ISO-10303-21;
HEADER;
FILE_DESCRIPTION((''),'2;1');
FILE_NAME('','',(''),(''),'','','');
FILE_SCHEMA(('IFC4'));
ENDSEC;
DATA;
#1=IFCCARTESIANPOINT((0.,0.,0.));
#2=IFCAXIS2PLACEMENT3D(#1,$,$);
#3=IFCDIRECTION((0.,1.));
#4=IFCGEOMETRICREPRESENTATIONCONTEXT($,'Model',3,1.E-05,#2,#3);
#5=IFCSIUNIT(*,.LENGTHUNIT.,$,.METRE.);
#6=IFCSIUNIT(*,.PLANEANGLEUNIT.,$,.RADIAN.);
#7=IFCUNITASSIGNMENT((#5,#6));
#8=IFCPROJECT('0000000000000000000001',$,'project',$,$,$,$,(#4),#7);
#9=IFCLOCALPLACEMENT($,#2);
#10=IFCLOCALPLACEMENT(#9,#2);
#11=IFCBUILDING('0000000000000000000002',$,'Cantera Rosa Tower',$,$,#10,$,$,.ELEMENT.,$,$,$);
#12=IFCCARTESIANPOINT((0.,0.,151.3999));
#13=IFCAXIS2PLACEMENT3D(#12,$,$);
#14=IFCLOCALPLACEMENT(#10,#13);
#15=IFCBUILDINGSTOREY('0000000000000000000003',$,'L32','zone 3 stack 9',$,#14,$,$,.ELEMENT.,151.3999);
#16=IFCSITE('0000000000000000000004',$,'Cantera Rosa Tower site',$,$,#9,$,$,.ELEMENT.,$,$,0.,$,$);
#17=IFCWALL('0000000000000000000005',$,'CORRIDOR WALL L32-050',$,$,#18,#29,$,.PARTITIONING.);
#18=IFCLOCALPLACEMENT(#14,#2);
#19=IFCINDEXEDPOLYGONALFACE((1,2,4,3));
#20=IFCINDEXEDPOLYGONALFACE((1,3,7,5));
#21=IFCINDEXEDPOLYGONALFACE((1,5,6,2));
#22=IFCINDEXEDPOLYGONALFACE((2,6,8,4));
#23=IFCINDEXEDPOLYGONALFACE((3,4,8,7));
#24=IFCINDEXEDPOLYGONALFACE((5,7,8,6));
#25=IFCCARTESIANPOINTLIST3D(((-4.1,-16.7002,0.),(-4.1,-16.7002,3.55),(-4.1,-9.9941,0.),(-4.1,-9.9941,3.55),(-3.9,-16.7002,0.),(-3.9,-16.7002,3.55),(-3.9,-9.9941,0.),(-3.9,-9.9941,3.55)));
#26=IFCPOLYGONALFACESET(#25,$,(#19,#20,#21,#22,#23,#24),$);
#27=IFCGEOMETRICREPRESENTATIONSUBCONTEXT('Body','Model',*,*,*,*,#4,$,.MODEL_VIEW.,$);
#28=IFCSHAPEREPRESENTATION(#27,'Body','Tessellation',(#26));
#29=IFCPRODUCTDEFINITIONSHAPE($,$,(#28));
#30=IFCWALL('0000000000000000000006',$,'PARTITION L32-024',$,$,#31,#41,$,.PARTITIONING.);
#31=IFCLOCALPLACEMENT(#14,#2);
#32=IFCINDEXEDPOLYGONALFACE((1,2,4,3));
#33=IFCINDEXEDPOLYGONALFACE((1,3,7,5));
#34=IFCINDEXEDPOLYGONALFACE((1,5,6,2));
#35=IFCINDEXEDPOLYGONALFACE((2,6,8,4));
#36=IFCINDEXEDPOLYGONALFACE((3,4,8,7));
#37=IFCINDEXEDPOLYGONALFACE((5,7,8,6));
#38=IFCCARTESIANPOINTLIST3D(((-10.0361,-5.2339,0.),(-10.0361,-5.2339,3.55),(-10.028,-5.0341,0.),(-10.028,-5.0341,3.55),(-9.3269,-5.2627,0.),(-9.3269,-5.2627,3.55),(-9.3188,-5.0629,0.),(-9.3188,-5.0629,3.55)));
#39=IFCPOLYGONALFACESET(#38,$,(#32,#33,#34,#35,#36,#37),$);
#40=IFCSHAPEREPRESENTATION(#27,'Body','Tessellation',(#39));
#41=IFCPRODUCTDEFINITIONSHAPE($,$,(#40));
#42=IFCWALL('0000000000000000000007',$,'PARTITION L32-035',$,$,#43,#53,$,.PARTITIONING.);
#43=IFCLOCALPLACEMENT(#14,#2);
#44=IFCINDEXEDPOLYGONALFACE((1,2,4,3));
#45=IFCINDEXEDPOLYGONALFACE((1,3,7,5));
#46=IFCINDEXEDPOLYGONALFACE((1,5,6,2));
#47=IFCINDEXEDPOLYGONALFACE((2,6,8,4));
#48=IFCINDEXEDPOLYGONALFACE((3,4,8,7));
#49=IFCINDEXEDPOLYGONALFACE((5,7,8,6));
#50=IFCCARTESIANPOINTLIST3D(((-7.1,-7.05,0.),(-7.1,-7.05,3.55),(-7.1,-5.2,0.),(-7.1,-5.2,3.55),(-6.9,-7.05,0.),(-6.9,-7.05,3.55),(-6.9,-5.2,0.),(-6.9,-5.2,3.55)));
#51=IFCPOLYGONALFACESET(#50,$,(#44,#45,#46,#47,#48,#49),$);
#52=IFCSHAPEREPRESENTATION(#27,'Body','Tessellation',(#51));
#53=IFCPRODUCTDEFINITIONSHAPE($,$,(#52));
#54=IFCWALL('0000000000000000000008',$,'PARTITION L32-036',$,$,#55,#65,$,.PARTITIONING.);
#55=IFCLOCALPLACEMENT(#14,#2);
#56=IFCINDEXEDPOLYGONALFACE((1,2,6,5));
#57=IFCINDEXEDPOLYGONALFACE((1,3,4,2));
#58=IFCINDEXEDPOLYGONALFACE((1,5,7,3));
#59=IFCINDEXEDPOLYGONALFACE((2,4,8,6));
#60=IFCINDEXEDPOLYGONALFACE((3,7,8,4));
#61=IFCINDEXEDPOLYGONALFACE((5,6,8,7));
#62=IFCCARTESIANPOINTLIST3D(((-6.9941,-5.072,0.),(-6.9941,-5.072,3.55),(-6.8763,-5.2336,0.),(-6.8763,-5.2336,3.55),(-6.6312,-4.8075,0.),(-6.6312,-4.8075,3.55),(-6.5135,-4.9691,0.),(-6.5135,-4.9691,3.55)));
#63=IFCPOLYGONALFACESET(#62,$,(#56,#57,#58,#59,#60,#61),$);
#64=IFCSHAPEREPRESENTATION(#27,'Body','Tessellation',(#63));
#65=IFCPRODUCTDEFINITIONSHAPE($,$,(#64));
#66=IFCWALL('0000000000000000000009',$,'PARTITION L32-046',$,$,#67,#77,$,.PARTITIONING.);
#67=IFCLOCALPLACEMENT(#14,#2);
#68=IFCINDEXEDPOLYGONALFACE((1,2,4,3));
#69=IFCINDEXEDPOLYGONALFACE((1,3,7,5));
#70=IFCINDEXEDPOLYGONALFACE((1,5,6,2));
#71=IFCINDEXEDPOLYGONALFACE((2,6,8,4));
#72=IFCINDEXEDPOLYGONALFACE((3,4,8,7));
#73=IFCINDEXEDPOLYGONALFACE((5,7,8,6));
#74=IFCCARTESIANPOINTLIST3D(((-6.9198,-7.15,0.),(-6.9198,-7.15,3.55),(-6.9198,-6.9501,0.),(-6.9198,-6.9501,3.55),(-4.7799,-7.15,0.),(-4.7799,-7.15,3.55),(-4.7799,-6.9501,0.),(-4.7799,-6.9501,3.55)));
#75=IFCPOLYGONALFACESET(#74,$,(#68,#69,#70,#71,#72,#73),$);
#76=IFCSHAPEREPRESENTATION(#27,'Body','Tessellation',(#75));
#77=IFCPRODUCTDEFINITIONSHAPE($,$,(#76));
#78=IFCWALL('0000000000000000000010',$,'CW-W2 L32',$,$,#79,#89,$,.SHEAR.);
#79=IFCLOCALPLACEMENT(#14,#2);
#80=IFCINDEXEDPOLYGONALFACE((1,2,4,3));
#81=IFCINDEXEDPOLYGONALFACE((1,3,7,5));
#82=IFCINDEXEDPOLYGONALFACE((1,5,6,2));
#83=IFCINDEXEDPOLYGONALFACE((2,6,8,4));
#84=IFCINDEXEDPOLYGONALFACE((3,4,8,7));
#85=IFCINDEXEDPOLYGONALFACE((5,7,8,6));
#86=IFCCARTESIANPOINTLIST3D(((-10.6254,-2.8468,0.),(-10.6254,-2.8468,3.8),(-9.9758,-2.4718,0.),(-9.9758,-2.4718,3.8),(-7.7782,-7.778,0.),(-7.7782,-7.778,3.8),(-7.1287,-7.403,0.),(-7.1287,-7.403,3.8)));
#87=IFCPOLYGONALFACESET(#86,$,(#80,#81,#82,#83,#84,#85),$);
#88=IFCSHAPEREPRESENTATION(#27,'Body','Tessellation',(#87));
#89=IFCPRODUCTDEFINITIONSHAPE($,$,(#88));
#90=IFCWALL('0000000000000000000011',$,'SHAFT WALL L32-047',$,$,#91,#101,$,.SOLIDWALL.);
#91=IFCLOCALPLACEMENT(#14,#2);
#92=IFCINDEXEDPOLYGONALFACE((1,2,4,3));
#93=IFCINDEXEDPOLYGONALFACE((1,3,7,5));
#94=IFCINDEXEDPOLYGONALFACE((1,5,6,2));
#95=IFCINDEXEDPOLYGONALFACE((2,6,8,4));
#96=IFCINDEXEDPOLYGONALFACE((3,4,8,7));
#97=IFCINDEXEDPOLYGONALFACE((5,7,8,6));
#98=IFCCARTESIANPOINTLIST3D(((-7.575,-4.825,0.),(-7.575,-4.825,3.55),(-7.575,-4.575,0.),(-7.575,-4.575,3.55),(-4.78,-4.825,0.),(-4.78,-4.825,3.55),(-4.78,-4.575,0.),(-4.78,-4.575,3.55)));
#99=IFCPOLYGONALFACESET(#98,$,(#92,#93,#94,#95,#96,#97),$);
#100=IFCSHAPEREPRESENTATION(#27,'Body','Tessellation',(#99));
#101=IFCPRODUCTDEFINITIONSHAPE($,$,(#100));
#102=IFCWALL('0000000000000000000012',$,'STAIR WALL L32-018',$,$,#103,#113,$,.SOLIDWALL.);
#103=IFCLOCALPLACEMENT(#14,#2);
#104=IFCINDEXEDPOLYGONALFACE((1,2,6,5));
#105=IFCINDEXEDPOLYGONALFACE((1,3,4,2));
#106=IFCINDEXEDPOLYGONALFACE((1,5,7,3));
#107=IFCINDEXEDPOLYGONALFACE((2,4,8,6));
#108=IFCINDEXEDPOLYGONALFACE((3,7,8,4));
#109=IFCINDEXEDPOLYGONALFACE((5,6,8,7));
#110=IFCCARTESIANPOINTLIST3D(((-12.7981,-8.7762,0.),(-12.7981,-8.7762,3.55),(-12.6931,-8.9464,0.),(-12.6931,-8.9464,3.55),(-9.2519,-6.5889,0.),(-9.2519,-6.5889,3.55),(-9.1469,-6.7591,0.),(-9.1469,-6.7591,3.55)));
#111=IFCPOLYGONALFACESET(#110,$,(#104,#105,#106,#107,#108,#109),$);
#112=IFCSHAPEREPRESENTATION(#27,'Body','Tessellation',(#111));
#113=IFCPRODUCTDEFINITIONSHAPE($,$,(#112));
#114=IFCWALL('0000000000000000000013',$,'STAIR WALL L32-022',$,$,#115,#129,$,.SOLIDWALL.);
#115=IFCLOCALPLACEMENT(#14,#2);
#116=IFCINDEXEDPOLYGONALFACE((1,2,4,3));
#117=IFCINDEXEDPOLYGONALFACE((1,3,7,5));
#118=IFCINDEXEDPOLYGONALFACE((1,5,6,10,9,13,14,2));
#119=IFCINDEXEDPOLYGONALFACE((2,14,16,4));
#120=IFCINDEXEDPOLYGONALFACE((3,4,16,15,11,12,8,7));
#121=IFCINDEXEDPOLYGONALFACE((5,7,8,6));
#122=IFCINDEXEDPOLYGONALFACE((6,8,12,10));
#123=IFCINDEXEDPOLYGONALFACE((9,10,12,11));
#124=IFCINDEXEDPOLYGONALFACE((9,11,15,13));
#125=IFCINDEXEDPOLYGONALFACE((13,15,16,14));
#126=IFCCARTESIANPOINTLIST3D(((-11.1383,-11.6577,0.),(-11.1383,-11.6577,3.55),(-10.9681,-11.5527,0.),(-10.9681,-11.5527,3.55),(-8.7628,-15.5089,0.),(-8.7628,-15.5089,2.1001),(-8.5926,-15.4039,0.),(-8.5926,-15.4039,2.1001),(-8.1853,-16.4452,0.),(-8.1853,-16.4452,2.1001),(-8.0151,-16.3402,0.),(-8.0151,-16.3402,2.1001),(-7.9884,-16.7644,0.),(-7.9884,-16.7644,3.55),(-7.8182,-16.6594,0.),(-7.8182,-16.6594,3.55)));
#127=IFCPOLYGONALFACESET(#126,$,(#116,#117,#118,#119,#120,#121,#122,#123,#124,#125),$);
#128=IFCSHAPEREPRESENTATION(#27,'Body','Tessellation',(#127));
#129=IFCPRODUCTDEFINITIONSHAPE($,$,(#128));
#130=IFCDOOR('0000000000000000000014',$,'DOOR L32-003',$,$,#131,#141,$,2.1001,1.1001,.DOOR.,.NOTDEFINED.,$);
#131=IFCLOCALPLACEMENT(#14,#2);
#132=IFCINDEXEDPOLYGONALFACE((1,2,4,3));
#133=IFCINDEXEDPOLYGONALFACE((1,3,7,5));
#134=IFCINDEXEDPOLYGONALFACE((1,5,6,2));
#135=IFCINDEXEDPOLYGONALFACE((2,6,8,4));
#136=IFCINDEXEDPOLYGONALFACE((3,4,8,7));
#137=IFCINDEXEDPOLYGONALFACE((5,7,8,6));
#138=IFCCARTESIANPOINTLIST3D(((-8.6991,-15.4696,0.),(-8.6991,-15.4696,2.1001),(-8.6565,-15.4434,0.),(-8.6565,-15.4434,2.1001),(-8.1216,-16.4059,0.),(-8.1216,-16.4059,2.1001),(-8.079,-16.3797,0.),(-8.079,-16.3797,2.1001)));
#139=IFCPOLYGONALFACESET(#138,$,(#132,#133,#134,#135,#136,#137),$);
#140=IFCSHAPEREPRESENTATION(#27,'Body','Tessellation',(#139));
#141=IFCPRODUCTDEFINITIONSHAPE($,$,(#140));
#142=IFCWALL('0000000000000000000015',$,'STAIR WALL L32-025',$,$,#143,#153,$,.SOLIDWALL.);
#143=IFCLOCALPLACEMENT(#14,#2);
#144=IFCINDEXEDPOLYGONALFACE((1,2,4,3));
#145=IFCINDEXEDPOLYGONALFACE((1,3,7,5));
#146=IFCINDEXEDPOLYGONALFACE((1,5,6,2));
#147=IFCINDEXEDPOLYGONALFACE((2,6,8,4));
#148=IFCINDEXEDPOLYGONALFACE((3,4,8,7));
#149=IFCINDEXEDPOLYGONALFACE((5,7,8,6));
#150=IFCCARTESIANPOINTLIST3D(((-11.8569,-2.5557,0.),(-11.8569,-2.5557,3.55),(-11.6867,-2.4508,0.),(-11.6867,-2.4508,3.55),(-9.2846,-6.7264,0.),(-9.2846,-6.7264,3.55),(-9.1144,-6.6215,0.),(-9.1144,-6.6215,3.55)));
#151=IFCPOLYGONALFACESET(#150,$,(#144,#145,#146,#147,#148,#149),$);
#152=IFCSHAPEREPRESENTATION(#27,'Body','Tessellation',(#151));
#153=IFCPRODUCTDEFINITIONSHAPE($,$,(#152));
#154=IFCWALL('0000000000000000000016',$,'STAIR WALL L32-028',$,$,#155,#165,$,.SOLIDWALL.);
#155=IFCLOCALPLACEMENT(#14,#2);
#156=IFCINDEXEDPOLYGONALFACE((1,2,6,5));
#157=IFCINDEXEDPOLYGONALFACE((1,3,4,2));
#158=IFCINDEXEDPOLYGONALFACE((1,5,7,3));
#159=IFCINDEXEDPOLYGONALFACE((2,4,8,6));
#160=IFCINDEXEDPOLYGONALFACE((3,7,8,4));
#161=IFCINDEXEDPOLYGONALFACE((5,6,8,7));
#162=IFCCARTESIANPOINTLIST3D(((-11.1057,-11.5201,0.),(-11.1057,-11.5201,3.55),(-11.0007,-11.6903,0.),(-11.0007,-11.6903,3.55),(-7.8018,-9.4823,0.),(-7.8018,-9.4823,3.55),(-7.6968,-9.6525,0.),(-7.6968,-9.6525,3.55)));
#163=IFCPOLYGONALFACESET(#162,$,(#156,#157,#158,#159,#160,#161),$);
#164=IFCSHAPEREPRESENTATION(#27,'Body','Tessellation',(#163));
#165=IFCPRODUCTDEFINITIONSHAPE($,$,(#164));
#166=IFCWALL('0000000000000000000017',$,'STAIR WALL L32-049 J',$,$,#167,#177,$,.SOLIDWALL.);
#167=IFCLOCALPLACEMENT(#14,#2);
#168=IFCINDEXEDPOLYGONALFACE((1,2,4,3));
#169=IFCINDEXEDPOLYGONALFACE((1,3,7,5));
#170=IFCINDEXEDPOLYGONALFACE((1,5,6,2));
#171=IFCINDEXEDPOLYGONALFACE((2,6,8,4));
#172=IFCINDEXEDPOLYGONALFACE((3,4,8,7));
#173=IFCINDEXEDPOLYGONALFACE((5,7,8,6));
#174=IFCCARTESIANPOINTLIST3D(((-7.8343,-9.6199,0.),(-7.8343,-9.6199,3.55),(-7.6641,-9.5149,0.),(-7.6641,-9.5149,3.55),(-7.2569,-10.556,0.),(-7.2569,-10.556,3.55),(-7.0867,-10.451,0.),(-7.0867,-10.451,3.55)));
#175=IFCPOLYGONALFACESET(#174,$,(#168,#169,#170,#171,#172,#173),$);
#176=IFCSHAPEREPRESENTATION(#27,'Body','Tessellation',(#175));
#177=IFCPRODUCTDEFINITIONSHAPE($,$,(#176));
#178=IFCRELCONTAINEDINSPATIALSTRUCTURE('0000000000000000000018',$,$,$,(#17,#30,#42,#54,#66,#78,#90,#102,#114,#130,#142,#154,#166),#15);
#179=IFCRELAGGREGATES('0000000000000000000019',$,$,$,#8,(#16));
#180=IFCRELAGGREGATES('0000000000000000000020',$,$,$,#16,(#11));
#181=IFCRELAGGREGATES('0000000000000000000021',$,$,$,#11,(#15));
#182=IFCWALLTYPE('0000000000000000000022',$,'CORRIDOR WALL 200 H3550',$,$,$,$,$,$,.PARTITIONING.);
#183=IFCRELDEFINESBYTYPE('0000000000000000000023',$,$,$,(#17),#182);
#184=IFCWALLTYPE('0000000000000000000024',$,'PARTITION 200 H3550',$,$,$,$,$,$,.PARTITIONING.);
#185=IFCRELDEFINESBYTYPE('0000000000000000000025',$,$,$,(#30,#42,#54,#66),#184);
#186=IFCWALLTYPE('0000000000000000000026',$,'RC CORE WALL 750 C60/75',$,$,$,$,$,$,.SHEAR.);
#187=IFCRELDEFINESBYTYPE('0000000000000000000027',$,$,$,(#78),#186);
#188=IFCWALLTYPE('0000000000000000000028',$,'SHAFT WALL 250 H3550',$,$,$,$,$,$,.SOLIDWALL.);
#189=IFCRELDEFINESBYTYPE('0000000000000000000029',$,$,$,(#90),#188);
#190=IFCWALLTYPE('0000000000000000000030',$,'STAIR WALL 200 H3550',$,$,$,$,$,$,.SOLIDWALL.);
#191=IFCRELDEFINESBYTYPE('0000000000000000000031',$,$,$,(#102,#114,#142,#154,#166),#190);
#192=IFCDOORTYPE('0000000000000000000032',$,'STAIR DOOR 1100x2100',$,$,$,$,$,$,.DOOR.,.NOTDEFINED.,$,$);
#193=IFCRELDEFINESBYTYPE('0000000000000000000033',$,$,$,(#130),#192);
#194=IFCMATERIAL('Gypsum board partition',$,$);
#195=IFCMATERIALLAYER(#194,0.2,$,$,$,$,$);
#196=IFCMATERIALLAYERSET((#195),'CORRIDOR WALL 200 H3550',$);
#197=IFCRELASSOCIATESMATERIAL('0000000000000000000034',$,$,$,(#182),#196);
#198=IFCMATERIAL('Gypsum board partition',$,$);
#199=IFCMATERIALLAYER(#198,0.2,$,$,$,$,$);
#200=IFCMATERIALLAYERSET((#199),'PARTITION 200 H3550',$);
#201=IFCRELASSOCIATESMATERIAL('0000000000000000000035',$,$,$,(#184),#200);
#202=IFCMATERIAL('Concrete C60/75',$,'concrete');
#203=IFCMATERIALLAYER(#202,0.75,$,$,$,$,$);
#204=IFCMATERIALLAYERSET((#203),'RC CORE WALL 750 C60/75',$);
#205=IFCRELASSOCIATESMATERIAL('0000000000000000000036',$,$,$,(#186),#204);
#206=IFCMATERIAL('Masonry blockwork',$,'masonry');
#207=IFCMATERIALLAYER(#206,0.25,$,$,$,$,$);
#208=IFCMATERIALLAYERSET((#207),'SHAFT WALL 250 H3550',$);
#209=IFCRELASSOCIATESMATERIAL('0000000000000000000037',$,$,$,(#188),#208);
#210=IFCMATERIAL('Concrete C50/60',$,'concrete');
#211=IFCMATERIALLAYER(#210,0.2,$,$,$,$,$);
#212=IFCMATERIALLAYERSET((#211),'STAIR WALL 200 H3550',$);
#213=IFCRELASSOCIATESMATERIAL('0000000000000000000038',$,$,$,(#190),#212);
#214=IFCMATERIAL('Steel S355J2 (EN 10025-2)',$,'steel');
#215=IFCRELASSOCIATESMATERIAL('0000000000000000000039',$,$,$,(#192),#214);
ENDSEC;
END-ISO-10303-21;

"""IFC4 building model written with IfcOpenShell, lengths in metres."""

from ifc_helpers import new_model, si_unit, direction, frame, frame_2d, origin, place, context, subcontext, project, spatial, rectangle, extrude, material, layer, layer_set, type_object, element, fill, save


model = new_model("IFC4")

# Units and contexts
model_context = context("Model", 3, precision=1e-05, world=origin(), true_north=direction((0.0, 1.0)))
body_context = subcontext(model_context, "Body", "Model", "MODEL_VIEW")
ifc_project = project(units=[si_unit("LENGTHUNIT", "METRE"), si_unit("PLANEANGLEUNIT", "RADIAN")], contexts=[model_context])

# Site, building, storey
site_placement = place(None, origin())
site = spatial("IfcSite", under=ifc_project, at=site_placement, Name="Cantera Rosa Tower site", CompositionType="ELEMENT", RefElevation=0.0)
building_placement = place(site_placement, origin())
building = spatial("IfcBuilding", under=site, at=building_placement, Name="Cantera Rosa Tower", CompositionType="ELEMENT")
storey_placement = place(building_placement, frame((0.0, 0.0, 151.3999)))
storey = spatial("IfcBuildingStorey", under=building, at=storey_placement, Name="L32", Description="zone 3 stack 9", CompositionType="ELEMENT", Elevation=151.3999)

# Shared definitions
ifc_material_1 = material(Name="Gypsum board partition")
ifc_layer_1 = layer(ifc_material_1, 0.2)
ifc_layer_set_1 = layer_set([ifc_layer_1], Name="CORRIDOR WALL 200 H3550")
wall_type_1 = type_object("IfcWallType", Name="CORRIDOR WALL 200 H3550", PredefinedType="PARTITIONING", material=ifc_layer_set_1)

# Walls
wall_1_placement = place(storey_placement, frame((-4.0, -9.9941, 0.0), z_axis=(0.0, 0.0, 1.0), x_axis=(0.0, -1.0, 0.0)))
element("IfcWall", 1, at=wall_1_placement, inside=storey, type_object=wall_type_1, Name="CORRIDOR WALL L32-050", PredefinedType="PARTITIONING", context=body_context, shape_type="SweptSolid", body=[
    extrude(rectangle(XDim=6.7061, YDim=0.2, at=frame_2d((3.353, 0.0))), origin(), (0.0, 0.0, 1.0), 3.55),
])
ifc_material_2 = material(Name="Gypsum board partition")
ifc_layer_2 = layer(ifc_material_2, 0.2)
ifc_layer_set_2 = layer_set([ifc_layer_2], Name="PARTITION 200 H3550")
wall_type_2 = type_object("IfcWallType", Name="PARTITION 200 H3550", PredefinedType="PARTITIONING", material=ifc_layer_set_2)
wall_2_placement = place(storey_placement, frame((-9.3228, -5.1628, 0.0), z_axis=(0.0, 0.0, 1.0), x_axis=(-0.999176, 0.040586, 0.0)))
element("IfcWall", 2, at=wall_2_placement, inside=storey, type_object=wall_type_2, Name="PARTITION L32-024", PredefinedType="PARTITIONING", context=body_context, shape_type="SweptSolid", body=[
    extrude(rectangle(XDim=0.7097, YDim=0.2, at=frame_2d((0.355, 0.0))), origin(), (0.0, 0.0, 1.0), 3.55),
])
wall_3_placement = place(storey_placement, frame((-7.0, -7.05, 0.0), z_axis=(0.0, 0.0, 1.0), x_axis=(0.0, 1.0, 0.0)))
element("IfcWall", 3, at=wall_3_placement, inside=storey, type_object=wall_type_2, Name="PARTITION L32-035", PredefinedType="PARTITIONING", context=body_context, shape_type="SweptSolid", body=[
    extrude(rectangle(XDim=1.8501, YDim=0.2, at=frame_2d((0.925, 0.0))), origin(), (0.0, 0.0, 1.0), 3.55),
])
wall_4_placement = place(storey_placement, frame((-6.9353, -5.1528, 0.0), z_axis=(0.0, 0.0, 1.0), x_axis=(0.808148, 0.58898, 0.0)))
element("IfcWall", 4, at=wall_4_placement, inside=storey, type_object=wall_type_2, Name="PARTITION L32-036", PredefinedType="PARTITIONING", context=body_context, shape_type="SweptSolid", body=[
    extrude(rectangle(XDim=0.449, YDim=0.2, at=frame_2d((0.2246, 0.0))), origin(), (0.0, 0.0, 1.0), 3.55),
])
wall_5_placement = place(storey_placement, frame((-4.78, -7.05, 0.0), z_axis=(0.0, 0.0, 1.0), x_axis=(-1.0, 0.0, 0.0)))
element("IfcWall", 5, at=wall_5_placement, inside=storey, type_object=wall_type_2, Name="PARTITION L32-046", PredefinedType="PARTITIONING", context=body_context, shape_type="SweptSolid", body=[
    extrude(rectangle(XDim=2.1399, YDim=0.2, at=frame_2d((1.0698, 0.0))), origin(), (0.0, 0.0, 1.0), 3.55),
])
ifc_material_3 = material(Name="Concrete C60/75", Category="concrete")
ifc_layer_3 = layer(ifc_material_3, 0.75)
ifc_layer_set_3 = layer_set([ifc_layer_3], Name="RC CORE WALL 750 C60/75")
wall_type_3 = type_object("IfcWallType", Name="RC CORE WALL 750 C60/75", PredefinedType="SHEAR", material=ifc_layer_set_3)
wall_6_placement = place(storey_placement, frame((-7.4534, -7.5906, 0.0), z_axis=(0.0, 0.0, 1.0), x_axis=(-0.500022, 0.866013, 0.0)))
element("IfcWall", 6, at=wall_6_placement, inside=storey, type_object=wall_type_3, Name="CW-W2 L32", PredefinedType="SHEAR", context=body_context, shape_type="SweptSolid", body=[
    extrude(rectangle(XDim=5.6941, YDim=0.75, at=frame_2d((2.8472, 0.0))), origin(), (0.0, 0.0, 1.0), 3.8),
])
ifc_material_4 = material(Name="Masonry blockwork", Category="masonry")
ifc_layer_4 = layer(ifc_material_4, 0.25)
ifc_layer_set_4 = layer_set([ifc_layer_4], Name="SHAFT WALL 250 H3550")
wall_type_4 = type_object("IfcWallType", Name="SHAFT WALL 250 H3550", PredefinedType="SOLIDWALL", material=ifc_layer_set_4)
wall_7_placement = place(storey_placement, frame((-4.78, -4.7, 0.0), z_axis=(0.0, 0.0, 1.0), x_axis=(-1.0, 0.0, 0.0)))
element("IfcWall", 7, at=wall_7_placement, inside=storey, type_object=wall_type_4, Name="SHAFT WALL L32-047", PredefinedType="SOLIDWALL", context=body_context, shape_type="SweptSolid", body=[
    extrude(rectangle(XDim=2.7949, YDim=0.25, at=frame_2d((1.3975, 0.0))), origin(), (0.0, 0.0, 1.0), 3.55),
])
ifc_material_5 = material(Name="Concrete C50/60", Category="concrete")
ifc_layer_5 = layer(ifc_material_5, 0.2)
ifc_layer_set_5 = layer_set([ifc_layer_5], Name="STAIR WALL 200 H3550")
wall_type_5 = type_object("IfcWallType", Name="STAIR WALL 200 H3550", PredefinedType="SOLIDWALL", material=ifc_layer_set_5)
wall_8_placement = place(storey_placement, frame((-12.7456, -8.8613, 0.0), z_axis=(0.0, 0.0, 1.0), x_axis=(0.851121, 0.52497, 0.0)))
element("IfcWall", 8, at=wall_8_placement, inside=storey, type_object=wall_type_5, Name="STAIR WALL L32-018", PredefinedType="SOLIDWALL", context=body_context, shape_type="SweptSolid", body=[
    extrude(rectangle(XDim=4.1665, YDim=0.2, at=frame_2d((2.0833, 0.0))), origin(), (0.0, 0.0, 1.0), 3.55),
])

# Wall, opening, door
wall_9_placement = place(storey_placement, frame((-11.0532, -11.6052, 0.0), z_axis=(0.0, 0.0, 1.0), x_axis=(0.524983, -0.851113, 0.0)))
wall_9 = element("IfcWall", 9, at=wall_9_placement, inside=storey, type_object=wall_type_5, Name="STAIR WALL L32-022", PredefinedType="SOLIDWALL", context=body_context, shape_type="SweptSolid", body=[
    extrude(rectangle(XDim=6.0, YDim=0.2, at=frame_2d((3.0, 0.0))), origin(), (0.0, 0.0, 1.0), 3.55),
])
opening_1_placement = place(wall_9_placement, frame((4.5249, 0.0, 0.0)))
opening_1 = element("IfcOpeningElement", 10, at=opening_1_placement, cuts=wall_9, PredefinedType="OPENING", context=body_context, shape_type="SweptSolid", body=[
    extrude(rectangle(XDim=1.1001, YDim=2.1001, at=frame_2d((0.55, 1.05))), frame((0.0, 0.1099, 0.0), z_axis=(0.0, -1.0, 0.0), x_axis=(1.0, 0.0, 0.0)), (0.0, 0.0, 1.0), 0.22),
])
ifc_material_6 = material(Name="Steel S355J2 (EN 10025-2)", Category="steel")
door_type_1 = type_object("IfcDoorType", Name="STAIR DOOR 1100x2100", OperationType="NOTDEFINED", PredefinedType="DOOR", material=ifc_material_6)
door_1_placement = place(opening_1_placement, origin())
door_1 = element("IfcDoor", 11, at=door_1_placement, inside=storey, type_object=door_type_1, Name="DOOR L32-003", OperationType="NOTDEFINED", OverallHeight=2.1001, OverallWidth=1.1001, PredefinedType="DOOR", context=body_context, shape_type="SweptSolid", body=[
    extrude(rectangle(XDim=1.1001, YDim=2.1001, at=frame_2d((0.55, 1.05))), frame((0.0, 0.0249, 0.0), z_axis=(0.0, -1.0, 0.0), x_axis=(1.0, 0.0, 0.0)), (0.0, 0.0, 1.0), 0.05),
])
fill(opening_1, door_1)

# Walls
wall_10_placement = place(storey_placement, frame((-9.1995, -6.6741, 0.0), z_axis=(0.0, 0.0, 1.0), x_axis=(-0.524942, 0.851138, 0.0)))
element("IfcWall", 12, at=wall_10_placement, inside=storey, type_object=wall_type_5, Name="STAIR WALL L32-025", PredefinedType="SOLIDWALL", context=body_context, shape_type="SweptSolid", body=[
    extrude(rectangle(XDim=4.9001, YDim=0.2, at=frame_2d((2.4502, 0.0))), origin(), (0.0, 0.0, 1.0), 3.55),
])
wall_11_placement = place(storey_placement, frame((-7.7493, -9.5674, 0.0), z_axis=(0.0, 0.0, 1.0), x_axis=(-0.851125, -0.524964, 0.0)))
element("IfcWall", 13, at=wall_11_placement, inside=storey, type_object=wall_type_5, Name="STAIR WALL L32-028", PredefinedType="SOLIDWALL", context=body_context, shape_type="SweptSolid", body=[
    extrude(rectangle(XDim=3.8818, YDim=0.2, at=frame_2d((1.9409, 0.0))), origin(), (0.0, 0.0, 1.0), 3.55),
])
wall_12_placement = place(storey_placement, frame((-7.1719, -10.5034, 0.0), z_axis=(0.0, 0.0, 1.0), x_axis=(-0.525001, 0.851101, 0.0)))
element("IfcWall", 14, at=wall_12_placement, inside=storey, type_object=wall_type_5, Name="STAIR WALL L32-049 J", PredefinedType="SOLIDWALL", context=body_context, shape_type="SweptSolid", body=[
    extrude(rectangle(XDim=1.0999, YDim=0.2, at=frame_2d((0.5498, 0.0))), origin(), (0.0, 0.0, 1.0), 3.55),
])

save(model, "model.ifc")
